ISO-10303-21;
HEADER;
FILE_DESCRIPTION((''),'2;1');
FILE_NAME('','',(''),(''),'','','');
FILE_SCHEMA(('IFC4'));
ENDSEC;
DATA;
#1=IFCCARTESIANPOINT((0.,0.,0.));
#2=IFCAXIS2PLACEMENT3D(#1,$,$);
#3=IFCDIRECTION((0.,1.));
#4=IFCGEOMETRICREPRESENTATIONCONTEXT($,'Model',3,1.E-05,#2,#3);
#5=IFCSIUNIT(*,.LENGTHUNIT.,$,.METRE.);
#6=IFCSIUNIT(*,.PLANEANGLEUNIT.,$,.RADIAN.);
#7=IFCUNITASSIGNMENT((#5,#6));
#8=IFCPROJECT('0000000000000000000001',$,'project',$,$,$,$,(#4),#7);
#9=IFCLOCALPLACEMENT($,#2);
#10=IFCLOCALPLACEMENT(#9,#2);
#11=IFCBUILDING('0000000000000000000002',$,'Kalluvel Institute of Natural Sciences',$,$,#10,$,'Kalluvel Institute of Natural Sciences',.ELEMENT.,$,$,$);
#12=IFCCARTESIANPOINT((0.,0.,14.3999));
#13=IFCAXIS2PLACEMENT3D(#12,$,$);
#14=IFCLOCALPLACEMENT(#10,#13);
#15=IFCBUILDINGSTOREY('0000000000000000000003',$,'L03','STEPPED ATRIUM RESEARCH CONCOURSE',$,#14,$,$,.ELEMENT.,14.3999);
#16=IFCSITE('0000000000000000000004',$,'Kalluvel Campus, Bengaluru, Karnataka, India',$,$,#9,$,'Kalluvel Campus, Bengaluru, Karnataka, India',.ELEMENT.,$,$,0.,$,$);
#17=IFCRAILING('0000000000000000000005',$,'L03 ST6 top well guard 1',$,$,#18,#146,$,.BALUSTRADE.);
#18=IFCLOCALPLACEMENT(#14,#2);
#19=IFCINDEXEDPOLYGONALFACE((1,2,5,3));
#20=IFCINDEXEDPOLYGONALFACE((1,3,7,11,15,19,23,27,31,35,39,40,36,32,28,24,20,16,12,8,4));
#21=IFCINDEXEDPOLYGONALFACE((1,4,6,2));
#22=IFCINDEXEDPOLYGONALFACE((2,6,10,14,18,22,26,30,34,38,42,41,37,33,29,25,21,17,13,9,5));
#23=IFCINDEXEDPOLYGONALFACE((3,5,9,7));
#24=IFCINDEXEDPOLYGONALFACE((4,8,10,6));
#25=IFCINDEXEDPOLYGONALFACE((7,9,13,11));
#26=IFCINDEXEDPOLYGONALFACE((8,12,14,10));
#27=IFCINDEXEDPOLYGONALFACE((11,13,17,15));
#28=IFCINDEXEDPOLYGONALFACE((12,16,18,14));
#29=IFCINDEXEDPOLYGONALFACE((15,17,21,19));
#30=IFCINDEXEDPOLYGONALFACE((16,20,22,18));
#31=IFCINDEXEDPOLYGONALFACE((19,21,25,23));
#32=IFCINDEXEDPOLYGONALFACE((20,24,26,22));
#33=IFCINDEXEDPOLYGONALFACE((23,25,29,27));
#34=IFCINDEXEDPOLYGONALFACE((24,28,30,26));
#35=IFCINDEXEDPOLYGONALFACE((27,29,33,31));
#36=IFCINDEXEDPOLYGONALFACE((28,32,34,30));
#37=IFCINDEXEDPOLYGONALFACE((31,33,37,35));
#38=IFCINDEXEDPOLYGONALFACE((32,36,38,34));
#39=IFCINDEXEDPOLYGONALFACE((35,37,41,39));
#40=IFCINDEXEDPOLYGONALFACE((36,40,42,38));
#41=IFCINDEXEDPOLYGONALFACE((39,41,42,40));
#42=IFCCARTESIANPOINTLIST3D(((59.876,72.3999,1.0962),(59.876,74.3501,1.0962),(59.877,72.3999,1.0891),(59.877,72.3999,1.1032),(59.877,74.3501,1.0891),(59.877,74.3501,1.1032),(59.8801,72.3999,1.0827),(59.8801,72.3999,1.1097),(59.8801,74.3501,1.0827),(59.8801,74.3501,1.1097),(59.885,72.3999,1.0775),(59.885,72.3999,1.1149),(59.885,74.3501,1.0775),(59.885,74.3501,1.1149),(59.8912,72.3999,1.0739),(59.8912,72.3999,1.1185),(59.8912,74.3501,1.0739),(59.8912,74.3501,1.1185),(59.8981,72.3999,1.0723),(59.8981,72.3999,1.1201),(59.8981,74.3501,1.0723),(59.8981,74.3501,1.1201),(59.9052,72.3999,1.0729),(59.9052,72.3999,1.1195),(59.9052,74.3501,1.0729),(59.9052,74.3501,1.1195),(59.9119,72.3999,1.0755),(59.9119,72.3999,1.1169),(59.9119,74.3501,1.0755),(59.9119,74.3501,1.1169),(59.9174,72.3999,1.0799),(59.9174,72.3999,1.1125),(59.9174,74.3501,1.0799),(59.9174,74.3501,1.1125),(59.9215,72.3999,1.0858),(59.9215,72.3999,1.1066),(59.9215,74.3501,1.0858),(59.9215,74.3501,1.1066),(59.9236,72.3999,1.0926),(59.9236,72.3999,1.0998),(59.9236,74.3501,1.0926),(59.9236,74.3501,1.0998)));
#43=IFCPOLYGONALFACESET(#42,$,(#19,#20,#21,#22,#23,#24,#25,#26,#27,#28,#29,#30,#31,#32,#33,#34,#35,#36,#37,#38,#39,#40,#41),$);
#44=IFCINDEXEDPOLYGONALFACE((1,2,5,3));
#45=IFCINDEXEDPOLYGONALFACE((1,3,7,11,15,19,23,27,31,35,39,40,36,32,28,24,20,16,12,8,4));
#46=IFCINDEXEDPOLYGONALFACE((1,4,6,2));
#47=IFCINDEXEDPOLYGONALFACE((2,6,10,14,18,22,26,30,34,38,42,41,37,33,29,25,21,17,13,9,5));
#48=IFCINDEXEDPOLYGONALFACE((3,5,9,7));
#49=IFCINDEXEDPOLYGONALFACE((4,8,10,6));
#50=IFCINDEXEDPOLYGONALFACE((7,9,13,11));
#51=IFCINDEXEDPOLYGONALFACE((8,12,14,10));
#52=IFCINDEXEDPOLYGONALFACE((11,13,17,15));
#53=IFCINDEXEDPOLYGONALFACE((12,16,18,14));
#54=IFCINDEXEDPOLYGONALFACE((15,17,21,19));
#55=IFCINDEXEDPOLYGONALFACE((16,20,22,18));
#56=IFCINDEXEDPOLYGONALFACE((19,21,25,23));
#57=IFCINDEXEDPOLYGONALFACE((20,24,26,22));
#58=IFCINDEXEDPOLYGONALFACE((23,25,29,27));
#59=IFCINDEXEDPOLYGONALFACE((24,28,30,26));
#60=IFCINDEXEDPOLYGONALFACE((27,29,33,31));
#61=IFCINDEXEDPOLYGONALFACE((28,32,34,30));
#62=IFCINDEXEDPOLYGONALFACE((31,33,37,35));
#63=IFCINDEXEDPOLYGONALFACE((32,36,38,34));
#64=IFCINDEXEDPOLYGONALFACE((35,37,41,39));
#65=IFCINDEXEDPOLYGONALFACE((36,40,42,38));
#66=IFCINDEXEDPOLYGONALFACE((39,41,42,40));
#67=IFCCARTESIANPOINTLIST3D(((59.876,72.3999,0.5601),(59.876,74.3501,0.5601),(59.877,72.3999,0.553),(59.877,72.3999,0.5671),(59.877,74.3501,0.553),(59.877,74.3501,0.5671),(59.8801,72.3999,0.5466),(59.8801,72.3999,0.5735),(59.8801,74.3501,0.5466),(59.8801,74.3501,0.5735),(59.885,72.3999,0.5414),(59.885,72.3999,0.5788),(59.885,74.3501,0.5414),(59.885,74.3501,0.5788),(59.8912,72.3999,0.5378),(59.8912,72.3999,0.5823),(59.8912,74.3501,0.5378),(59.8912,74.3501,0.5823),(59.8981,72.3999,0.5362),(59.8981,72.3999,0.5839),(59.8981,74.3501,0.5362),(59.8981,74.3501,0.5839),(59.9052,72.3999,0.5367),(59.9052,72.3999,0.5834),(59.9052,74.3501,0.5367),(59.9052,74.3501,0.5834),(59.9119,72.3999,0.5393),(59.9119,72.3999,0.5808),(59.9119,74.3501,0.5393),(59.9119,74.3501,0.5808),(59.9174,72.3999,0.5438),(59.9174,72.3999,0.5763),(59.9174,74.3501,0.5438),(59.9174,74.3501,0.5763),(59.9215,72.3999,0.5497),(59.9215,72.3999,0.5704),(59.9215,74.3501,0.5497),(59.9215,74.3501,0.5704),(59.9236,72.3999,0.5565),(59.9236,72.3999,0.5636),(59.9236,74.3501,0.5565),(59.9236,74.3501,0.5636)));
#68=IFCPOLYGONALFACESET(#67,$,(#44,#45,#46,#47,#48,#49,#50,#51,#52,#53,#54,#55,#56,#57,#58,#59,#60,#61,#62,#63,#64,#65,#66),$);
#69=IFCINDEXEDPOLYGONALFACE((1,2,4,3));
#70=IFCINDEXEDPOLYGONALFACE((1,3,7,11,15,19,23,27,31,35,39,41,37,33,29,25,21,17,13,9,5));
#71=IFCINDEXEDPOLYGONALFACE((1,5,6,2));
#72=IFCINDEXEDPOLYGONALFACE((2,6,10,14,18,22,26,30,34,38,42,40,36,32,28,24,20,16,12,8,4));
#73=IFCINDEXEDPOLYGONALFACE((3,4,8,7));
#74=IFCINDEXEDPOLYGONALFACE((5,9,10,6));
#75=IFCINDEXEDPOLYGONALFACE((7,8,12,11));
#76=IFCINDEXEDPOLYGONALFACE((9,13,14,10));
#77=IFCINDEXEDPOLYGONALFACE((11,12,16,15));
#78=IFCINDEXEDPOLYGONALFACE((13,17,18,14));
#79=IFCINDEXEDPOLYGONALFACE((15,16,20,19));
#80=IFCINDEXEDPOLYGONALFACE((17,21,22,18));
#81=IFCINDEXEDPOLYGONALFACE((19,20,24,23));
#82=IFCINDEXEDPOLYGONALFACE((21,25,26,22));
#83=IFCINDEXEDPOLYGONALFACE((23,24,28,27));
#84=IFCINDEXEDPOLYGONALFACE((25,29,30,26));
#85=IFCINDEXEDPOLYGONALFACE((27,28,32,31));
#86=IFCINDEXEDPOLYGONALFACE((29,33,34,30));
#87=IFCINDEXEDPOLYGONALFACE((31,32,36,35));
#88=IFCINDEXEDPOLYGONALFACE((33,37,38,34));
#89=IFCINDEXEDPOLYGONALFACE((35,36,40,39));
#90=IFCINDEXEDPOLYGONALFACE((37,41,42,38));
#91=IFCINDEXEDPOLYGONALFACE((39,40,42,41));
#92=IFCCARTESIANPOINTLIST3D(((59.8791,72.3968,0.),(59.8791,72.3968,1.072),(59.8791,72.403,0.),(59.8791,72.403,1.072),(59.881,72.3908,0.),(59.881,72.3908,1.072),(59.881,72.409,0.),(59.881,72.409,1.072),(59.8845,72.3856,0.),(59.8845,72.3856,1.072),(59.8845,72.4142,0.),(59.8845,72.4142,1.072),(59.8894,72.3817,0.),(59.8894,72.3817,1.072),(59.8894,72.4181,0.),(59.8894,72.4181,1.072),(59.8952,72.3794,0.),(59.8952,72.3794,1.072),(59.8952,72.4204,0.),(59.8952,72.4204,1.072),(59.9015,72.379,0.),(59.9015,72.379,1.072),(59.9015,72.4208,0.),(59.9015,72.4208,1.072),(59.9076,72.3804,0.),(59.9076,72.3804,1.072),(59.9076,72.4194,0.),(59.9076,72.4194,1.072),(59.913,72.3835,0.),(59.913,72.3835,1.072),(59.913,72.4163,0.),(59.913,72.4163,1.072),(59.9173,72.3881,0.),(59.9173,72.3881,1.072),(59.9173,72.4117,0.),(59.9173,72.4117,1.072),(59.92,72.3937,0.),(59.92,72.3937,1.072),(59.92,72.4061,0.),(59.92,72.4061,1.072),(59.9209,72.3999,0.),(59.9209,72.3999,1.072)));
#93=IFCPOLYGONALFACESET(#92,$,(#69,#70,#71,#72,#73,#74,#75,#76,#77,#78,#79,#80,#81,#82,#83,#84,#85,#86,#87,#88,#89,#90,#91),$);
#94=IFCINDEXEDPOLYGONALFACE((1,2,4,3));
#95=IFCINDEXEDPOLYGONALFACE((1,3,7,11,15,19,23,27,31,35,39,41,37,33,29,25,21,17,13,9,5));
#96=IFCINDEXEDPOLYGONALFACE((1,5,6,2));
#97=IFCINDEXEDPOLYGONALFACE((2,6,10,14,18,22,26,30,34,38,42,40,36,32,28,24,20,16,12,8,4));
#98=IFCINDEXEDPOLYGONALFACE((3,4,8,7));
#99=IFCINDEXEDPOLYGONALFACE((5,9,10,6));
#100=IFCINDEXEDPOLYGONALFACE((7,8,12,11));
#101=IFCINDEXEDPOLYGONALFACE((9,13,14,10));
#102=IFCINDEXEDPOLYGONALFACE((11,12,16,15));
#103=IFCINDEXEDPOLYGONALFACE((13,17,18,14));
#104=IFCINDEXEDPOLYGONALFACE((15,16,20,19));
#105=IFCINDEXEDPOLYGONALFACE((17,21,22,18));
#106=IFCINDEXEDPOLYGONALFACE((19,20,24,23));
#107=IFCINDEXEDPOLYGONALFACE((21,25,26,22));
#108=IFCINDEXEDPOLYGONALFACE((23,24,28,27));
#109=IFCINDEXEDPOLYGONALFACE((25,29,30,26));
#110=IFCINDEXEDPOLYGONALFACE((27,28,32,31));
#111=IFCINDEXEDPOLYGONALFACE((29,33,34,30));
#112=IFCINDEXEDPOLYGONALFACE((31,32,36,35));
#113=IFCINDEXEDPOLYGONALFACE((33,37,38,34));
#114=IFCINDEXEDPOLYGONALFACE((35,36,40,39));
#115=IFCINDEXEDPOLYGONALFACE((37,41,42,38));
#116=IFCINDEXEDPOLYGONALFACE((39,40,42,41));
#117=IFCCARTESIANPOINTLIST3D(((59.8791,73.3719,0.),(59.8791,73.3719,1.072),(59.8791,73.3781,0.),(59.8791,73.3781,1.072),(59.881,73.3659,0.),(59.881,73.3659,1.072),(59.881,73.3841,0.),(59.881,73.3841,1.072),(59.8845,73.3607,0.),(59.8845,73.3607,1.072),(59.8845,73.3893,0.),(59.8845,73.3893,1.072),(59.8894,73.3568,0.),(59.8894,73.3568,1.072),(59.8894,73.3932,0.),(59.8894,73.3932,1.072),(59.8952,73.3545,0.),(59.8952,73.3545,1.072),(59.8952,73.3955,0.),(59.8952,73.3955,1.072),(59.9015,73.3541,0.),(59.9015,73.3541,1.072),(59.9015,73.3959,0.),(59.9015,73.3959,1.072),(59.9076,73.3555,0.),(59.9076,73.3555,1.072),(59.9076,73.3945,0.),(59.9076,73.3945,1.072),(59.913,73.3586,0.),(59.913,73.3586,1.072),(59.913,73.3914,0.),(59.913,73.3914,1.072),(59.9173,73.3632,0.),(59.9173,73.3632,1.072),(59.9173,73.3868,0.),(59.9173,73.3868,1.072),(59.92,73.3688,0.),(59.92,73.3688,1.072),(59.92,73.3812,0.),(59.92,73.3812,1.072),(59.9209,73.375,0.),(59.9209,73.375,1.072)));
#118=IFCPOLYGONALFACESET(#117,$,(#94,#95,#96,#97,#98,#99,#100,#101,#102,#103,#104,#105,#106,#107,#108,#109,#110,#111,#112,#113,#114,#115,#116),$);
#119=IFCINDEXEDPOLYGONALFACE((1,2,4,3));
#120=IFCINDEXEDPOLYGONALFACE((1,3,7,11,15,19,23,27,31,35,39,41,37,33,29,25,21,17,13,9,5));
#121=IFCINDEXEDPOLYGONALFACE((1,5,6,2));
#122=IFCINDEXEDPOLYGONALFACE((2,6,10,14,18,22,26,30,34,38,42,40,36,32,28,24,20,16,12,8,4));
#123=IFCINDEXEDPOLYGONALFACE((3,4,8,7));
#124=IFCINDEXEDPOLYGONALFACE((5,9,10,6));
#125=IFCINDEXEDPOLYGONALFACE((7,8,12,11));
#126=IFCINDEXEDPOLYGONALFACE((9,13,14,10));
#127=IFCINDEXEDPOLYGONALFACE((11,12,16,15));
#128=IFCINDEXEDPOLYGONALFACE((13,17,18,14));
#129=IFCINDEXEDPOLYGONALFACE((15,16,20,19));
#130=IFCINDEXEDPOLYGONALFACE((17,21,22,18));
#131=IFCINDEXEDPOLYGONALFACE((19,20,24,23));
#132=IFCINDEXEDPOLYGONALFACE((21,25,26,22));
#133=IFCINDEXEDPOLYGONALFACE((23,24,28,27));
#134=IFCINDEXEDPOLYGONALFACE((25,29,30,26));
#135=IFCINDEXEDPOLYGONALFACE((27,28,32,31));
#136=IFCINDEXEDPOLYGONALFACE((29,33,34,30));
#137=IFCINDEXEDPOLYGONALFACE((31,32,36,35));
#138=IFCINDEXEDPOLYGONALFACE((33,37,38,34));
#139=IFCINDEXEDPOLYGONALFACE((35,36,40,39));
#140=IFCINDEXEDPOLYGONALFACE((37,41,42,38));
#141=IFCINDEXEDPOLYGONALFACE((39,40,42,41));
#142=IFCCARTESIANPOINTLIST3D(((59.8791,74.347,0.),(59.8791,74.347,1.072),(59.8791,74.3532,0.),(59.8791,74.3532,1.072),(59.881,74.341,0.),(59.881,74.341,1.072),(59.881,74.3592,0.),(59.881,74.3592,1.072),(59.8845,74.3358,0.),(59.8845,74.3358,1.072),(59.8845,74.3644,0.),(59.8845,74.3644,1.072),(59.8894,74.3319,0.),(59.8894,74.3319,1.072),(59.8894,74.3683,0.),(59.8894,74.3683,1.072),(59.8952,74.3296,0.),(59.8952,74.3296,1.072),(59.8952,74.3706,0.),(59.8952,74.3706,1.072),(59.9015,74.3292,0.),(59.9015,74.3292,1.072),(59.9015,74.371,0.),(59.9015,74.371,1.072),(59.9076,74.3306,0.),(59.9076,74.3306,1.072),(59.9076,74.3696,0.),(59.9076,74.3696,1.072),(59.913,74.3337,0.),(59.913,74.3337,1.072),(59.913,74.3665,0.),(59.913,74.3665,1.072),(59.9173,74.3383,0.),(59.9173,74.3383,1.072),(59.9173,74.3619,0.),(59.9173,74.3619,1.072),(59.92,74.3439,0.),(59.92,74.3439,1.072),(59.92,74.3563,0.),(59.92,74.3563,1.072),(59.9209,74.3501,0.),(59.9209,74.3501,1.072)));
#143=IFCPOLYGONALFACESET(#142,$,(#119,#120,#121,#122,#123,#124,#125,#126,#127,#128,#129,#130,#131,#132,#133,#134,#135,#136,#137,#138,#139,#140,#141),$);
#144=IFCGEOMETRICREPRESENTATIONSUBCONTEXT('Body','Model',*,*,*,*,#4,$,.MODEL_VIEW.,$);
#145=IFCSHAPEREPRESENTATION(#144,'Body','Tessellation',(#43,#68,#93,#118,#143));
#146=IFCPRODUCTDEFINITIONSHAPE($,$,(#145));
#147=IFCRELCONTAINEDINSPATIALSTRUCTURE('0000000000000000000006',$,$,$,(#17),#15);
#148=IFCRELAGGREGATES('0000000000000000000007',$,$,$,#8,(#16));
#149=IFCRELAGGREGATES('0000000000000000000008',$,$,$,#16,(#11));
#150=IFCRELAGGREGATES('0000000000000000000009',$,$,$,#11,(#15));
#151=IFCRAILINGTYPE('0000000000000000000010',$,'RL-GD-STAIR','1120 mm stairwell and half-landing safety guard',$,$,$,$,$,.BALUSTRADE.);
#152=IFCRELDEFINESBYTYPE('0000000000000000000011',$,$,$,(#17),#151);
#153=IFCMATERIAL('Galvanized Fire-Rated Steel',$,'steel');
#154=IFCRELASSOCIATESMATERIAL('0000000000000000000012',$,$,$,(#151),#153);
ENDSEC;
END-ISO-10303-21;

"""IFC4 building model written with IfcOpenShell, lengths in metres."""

from ifc_helpers import new_model, si_unit, direction, frame, origin, origin_2d, place, context, subcontext, project, spatial, circle, extrude, material, type_object, element, save


model = new_model("IFC4")

# Units and contexts
model_context = context("Model", 3, precision=1e-05, world=origin(), true_north=direction((0.0, 1.0)))
body_context = subcontext(model_context, "Body", "Model", "MODEL_VIEW")
ifc_project = project(units=[si_unit("LENGTHUNIT", "METRE"), si_unit("PLANEANGLEUNIT", "RADIAN")], contexts=[model_context])

# Site, building, storey
site_placement = place(None, origin())
site = spatial("IfcSite", under=ifc_project, at=site_placement, Name="Kalluvel Campus, Bengaluru, Karnataka, India", LongName="Kalluvel Campus, Bengaluru, Karnataka, India", CompositionType="ELEMENT", RefElevation=0.0)
building_placement = place(site_placement, origin())
building = spatial("IfcBuilding", under=site, at=building_placement, Name="Kalluvel Institute of Natural Sciences", LongName="Kalluvel Institute of Natural Sciences", CompositionType="ELEMENT")
storey_placement = place(building_placement, frame((0.0, 0.0, 14.3999)))
storey = spatial("IfcBuildingStorey", under=building, at=storey_placement, Name="L03", Description="STEPPED ATRIUM RESEARCH CONCOURSE", CompositionType="ELEMENT", Elevation=14.3999)

# Railing
ifc_material_1 = material(Name="Galvanized Fire-Rated Steel", Category="steel")
railing_type = type_object("IfcRailingType", Name="RL-GD-STAIR", Description="1120 mm stairwell and half-landing safety guard", PredefinedType="BALUSTRADE", material=ifc_material_1)
railing_placement = place(storey_placement, frame((59.8999, 72.3999, 0.0)))
element("IfcRailing", 1, at=railing_placement, inside=storey, type_object=railing_type, Name="L03 ST6 top well guard 1", PredefinedType="BALUSTRADE", context=body_context, shape_type="SweptSolid", body=[
    extrude(circle(Radius=0.0239, at=origin_2d()), frame((0.0, 0.0, 1.0962), z_axis=(0.0, 1.0, 0.0), x_axis=(-1.0, 0.0, 0.0)), (0.0, 0.0, 1.0), 1.9502),
    extrude(circle(Radius=0.0239, at=origin_2d()), frame((0.0, 0.0, 0.5601), z_axis=(0.0, 1.0, 0.0), x_axis=(-1.0, 0.0, 0.0)), (0.0, 0.0, 1.0), 1.9502),
    extrude(circle(Radius=0.021, at=origin_2d()), origin(), (0.0, 0.0, 1.0), 1.072),
    extrude(circle(Radius=0.021, at=origin_2d()), frame((0.0, 0.9751, 0.0)), (0.0, 0.0, 1.0), 1.072),
    extrude(circle(Radius=0.021, at=origin_2d()), frame((0.0, 1.9502, 0.0)), (0.0, 0.0, 1.0), 1.072),
])

save(model, "model.ifc")
